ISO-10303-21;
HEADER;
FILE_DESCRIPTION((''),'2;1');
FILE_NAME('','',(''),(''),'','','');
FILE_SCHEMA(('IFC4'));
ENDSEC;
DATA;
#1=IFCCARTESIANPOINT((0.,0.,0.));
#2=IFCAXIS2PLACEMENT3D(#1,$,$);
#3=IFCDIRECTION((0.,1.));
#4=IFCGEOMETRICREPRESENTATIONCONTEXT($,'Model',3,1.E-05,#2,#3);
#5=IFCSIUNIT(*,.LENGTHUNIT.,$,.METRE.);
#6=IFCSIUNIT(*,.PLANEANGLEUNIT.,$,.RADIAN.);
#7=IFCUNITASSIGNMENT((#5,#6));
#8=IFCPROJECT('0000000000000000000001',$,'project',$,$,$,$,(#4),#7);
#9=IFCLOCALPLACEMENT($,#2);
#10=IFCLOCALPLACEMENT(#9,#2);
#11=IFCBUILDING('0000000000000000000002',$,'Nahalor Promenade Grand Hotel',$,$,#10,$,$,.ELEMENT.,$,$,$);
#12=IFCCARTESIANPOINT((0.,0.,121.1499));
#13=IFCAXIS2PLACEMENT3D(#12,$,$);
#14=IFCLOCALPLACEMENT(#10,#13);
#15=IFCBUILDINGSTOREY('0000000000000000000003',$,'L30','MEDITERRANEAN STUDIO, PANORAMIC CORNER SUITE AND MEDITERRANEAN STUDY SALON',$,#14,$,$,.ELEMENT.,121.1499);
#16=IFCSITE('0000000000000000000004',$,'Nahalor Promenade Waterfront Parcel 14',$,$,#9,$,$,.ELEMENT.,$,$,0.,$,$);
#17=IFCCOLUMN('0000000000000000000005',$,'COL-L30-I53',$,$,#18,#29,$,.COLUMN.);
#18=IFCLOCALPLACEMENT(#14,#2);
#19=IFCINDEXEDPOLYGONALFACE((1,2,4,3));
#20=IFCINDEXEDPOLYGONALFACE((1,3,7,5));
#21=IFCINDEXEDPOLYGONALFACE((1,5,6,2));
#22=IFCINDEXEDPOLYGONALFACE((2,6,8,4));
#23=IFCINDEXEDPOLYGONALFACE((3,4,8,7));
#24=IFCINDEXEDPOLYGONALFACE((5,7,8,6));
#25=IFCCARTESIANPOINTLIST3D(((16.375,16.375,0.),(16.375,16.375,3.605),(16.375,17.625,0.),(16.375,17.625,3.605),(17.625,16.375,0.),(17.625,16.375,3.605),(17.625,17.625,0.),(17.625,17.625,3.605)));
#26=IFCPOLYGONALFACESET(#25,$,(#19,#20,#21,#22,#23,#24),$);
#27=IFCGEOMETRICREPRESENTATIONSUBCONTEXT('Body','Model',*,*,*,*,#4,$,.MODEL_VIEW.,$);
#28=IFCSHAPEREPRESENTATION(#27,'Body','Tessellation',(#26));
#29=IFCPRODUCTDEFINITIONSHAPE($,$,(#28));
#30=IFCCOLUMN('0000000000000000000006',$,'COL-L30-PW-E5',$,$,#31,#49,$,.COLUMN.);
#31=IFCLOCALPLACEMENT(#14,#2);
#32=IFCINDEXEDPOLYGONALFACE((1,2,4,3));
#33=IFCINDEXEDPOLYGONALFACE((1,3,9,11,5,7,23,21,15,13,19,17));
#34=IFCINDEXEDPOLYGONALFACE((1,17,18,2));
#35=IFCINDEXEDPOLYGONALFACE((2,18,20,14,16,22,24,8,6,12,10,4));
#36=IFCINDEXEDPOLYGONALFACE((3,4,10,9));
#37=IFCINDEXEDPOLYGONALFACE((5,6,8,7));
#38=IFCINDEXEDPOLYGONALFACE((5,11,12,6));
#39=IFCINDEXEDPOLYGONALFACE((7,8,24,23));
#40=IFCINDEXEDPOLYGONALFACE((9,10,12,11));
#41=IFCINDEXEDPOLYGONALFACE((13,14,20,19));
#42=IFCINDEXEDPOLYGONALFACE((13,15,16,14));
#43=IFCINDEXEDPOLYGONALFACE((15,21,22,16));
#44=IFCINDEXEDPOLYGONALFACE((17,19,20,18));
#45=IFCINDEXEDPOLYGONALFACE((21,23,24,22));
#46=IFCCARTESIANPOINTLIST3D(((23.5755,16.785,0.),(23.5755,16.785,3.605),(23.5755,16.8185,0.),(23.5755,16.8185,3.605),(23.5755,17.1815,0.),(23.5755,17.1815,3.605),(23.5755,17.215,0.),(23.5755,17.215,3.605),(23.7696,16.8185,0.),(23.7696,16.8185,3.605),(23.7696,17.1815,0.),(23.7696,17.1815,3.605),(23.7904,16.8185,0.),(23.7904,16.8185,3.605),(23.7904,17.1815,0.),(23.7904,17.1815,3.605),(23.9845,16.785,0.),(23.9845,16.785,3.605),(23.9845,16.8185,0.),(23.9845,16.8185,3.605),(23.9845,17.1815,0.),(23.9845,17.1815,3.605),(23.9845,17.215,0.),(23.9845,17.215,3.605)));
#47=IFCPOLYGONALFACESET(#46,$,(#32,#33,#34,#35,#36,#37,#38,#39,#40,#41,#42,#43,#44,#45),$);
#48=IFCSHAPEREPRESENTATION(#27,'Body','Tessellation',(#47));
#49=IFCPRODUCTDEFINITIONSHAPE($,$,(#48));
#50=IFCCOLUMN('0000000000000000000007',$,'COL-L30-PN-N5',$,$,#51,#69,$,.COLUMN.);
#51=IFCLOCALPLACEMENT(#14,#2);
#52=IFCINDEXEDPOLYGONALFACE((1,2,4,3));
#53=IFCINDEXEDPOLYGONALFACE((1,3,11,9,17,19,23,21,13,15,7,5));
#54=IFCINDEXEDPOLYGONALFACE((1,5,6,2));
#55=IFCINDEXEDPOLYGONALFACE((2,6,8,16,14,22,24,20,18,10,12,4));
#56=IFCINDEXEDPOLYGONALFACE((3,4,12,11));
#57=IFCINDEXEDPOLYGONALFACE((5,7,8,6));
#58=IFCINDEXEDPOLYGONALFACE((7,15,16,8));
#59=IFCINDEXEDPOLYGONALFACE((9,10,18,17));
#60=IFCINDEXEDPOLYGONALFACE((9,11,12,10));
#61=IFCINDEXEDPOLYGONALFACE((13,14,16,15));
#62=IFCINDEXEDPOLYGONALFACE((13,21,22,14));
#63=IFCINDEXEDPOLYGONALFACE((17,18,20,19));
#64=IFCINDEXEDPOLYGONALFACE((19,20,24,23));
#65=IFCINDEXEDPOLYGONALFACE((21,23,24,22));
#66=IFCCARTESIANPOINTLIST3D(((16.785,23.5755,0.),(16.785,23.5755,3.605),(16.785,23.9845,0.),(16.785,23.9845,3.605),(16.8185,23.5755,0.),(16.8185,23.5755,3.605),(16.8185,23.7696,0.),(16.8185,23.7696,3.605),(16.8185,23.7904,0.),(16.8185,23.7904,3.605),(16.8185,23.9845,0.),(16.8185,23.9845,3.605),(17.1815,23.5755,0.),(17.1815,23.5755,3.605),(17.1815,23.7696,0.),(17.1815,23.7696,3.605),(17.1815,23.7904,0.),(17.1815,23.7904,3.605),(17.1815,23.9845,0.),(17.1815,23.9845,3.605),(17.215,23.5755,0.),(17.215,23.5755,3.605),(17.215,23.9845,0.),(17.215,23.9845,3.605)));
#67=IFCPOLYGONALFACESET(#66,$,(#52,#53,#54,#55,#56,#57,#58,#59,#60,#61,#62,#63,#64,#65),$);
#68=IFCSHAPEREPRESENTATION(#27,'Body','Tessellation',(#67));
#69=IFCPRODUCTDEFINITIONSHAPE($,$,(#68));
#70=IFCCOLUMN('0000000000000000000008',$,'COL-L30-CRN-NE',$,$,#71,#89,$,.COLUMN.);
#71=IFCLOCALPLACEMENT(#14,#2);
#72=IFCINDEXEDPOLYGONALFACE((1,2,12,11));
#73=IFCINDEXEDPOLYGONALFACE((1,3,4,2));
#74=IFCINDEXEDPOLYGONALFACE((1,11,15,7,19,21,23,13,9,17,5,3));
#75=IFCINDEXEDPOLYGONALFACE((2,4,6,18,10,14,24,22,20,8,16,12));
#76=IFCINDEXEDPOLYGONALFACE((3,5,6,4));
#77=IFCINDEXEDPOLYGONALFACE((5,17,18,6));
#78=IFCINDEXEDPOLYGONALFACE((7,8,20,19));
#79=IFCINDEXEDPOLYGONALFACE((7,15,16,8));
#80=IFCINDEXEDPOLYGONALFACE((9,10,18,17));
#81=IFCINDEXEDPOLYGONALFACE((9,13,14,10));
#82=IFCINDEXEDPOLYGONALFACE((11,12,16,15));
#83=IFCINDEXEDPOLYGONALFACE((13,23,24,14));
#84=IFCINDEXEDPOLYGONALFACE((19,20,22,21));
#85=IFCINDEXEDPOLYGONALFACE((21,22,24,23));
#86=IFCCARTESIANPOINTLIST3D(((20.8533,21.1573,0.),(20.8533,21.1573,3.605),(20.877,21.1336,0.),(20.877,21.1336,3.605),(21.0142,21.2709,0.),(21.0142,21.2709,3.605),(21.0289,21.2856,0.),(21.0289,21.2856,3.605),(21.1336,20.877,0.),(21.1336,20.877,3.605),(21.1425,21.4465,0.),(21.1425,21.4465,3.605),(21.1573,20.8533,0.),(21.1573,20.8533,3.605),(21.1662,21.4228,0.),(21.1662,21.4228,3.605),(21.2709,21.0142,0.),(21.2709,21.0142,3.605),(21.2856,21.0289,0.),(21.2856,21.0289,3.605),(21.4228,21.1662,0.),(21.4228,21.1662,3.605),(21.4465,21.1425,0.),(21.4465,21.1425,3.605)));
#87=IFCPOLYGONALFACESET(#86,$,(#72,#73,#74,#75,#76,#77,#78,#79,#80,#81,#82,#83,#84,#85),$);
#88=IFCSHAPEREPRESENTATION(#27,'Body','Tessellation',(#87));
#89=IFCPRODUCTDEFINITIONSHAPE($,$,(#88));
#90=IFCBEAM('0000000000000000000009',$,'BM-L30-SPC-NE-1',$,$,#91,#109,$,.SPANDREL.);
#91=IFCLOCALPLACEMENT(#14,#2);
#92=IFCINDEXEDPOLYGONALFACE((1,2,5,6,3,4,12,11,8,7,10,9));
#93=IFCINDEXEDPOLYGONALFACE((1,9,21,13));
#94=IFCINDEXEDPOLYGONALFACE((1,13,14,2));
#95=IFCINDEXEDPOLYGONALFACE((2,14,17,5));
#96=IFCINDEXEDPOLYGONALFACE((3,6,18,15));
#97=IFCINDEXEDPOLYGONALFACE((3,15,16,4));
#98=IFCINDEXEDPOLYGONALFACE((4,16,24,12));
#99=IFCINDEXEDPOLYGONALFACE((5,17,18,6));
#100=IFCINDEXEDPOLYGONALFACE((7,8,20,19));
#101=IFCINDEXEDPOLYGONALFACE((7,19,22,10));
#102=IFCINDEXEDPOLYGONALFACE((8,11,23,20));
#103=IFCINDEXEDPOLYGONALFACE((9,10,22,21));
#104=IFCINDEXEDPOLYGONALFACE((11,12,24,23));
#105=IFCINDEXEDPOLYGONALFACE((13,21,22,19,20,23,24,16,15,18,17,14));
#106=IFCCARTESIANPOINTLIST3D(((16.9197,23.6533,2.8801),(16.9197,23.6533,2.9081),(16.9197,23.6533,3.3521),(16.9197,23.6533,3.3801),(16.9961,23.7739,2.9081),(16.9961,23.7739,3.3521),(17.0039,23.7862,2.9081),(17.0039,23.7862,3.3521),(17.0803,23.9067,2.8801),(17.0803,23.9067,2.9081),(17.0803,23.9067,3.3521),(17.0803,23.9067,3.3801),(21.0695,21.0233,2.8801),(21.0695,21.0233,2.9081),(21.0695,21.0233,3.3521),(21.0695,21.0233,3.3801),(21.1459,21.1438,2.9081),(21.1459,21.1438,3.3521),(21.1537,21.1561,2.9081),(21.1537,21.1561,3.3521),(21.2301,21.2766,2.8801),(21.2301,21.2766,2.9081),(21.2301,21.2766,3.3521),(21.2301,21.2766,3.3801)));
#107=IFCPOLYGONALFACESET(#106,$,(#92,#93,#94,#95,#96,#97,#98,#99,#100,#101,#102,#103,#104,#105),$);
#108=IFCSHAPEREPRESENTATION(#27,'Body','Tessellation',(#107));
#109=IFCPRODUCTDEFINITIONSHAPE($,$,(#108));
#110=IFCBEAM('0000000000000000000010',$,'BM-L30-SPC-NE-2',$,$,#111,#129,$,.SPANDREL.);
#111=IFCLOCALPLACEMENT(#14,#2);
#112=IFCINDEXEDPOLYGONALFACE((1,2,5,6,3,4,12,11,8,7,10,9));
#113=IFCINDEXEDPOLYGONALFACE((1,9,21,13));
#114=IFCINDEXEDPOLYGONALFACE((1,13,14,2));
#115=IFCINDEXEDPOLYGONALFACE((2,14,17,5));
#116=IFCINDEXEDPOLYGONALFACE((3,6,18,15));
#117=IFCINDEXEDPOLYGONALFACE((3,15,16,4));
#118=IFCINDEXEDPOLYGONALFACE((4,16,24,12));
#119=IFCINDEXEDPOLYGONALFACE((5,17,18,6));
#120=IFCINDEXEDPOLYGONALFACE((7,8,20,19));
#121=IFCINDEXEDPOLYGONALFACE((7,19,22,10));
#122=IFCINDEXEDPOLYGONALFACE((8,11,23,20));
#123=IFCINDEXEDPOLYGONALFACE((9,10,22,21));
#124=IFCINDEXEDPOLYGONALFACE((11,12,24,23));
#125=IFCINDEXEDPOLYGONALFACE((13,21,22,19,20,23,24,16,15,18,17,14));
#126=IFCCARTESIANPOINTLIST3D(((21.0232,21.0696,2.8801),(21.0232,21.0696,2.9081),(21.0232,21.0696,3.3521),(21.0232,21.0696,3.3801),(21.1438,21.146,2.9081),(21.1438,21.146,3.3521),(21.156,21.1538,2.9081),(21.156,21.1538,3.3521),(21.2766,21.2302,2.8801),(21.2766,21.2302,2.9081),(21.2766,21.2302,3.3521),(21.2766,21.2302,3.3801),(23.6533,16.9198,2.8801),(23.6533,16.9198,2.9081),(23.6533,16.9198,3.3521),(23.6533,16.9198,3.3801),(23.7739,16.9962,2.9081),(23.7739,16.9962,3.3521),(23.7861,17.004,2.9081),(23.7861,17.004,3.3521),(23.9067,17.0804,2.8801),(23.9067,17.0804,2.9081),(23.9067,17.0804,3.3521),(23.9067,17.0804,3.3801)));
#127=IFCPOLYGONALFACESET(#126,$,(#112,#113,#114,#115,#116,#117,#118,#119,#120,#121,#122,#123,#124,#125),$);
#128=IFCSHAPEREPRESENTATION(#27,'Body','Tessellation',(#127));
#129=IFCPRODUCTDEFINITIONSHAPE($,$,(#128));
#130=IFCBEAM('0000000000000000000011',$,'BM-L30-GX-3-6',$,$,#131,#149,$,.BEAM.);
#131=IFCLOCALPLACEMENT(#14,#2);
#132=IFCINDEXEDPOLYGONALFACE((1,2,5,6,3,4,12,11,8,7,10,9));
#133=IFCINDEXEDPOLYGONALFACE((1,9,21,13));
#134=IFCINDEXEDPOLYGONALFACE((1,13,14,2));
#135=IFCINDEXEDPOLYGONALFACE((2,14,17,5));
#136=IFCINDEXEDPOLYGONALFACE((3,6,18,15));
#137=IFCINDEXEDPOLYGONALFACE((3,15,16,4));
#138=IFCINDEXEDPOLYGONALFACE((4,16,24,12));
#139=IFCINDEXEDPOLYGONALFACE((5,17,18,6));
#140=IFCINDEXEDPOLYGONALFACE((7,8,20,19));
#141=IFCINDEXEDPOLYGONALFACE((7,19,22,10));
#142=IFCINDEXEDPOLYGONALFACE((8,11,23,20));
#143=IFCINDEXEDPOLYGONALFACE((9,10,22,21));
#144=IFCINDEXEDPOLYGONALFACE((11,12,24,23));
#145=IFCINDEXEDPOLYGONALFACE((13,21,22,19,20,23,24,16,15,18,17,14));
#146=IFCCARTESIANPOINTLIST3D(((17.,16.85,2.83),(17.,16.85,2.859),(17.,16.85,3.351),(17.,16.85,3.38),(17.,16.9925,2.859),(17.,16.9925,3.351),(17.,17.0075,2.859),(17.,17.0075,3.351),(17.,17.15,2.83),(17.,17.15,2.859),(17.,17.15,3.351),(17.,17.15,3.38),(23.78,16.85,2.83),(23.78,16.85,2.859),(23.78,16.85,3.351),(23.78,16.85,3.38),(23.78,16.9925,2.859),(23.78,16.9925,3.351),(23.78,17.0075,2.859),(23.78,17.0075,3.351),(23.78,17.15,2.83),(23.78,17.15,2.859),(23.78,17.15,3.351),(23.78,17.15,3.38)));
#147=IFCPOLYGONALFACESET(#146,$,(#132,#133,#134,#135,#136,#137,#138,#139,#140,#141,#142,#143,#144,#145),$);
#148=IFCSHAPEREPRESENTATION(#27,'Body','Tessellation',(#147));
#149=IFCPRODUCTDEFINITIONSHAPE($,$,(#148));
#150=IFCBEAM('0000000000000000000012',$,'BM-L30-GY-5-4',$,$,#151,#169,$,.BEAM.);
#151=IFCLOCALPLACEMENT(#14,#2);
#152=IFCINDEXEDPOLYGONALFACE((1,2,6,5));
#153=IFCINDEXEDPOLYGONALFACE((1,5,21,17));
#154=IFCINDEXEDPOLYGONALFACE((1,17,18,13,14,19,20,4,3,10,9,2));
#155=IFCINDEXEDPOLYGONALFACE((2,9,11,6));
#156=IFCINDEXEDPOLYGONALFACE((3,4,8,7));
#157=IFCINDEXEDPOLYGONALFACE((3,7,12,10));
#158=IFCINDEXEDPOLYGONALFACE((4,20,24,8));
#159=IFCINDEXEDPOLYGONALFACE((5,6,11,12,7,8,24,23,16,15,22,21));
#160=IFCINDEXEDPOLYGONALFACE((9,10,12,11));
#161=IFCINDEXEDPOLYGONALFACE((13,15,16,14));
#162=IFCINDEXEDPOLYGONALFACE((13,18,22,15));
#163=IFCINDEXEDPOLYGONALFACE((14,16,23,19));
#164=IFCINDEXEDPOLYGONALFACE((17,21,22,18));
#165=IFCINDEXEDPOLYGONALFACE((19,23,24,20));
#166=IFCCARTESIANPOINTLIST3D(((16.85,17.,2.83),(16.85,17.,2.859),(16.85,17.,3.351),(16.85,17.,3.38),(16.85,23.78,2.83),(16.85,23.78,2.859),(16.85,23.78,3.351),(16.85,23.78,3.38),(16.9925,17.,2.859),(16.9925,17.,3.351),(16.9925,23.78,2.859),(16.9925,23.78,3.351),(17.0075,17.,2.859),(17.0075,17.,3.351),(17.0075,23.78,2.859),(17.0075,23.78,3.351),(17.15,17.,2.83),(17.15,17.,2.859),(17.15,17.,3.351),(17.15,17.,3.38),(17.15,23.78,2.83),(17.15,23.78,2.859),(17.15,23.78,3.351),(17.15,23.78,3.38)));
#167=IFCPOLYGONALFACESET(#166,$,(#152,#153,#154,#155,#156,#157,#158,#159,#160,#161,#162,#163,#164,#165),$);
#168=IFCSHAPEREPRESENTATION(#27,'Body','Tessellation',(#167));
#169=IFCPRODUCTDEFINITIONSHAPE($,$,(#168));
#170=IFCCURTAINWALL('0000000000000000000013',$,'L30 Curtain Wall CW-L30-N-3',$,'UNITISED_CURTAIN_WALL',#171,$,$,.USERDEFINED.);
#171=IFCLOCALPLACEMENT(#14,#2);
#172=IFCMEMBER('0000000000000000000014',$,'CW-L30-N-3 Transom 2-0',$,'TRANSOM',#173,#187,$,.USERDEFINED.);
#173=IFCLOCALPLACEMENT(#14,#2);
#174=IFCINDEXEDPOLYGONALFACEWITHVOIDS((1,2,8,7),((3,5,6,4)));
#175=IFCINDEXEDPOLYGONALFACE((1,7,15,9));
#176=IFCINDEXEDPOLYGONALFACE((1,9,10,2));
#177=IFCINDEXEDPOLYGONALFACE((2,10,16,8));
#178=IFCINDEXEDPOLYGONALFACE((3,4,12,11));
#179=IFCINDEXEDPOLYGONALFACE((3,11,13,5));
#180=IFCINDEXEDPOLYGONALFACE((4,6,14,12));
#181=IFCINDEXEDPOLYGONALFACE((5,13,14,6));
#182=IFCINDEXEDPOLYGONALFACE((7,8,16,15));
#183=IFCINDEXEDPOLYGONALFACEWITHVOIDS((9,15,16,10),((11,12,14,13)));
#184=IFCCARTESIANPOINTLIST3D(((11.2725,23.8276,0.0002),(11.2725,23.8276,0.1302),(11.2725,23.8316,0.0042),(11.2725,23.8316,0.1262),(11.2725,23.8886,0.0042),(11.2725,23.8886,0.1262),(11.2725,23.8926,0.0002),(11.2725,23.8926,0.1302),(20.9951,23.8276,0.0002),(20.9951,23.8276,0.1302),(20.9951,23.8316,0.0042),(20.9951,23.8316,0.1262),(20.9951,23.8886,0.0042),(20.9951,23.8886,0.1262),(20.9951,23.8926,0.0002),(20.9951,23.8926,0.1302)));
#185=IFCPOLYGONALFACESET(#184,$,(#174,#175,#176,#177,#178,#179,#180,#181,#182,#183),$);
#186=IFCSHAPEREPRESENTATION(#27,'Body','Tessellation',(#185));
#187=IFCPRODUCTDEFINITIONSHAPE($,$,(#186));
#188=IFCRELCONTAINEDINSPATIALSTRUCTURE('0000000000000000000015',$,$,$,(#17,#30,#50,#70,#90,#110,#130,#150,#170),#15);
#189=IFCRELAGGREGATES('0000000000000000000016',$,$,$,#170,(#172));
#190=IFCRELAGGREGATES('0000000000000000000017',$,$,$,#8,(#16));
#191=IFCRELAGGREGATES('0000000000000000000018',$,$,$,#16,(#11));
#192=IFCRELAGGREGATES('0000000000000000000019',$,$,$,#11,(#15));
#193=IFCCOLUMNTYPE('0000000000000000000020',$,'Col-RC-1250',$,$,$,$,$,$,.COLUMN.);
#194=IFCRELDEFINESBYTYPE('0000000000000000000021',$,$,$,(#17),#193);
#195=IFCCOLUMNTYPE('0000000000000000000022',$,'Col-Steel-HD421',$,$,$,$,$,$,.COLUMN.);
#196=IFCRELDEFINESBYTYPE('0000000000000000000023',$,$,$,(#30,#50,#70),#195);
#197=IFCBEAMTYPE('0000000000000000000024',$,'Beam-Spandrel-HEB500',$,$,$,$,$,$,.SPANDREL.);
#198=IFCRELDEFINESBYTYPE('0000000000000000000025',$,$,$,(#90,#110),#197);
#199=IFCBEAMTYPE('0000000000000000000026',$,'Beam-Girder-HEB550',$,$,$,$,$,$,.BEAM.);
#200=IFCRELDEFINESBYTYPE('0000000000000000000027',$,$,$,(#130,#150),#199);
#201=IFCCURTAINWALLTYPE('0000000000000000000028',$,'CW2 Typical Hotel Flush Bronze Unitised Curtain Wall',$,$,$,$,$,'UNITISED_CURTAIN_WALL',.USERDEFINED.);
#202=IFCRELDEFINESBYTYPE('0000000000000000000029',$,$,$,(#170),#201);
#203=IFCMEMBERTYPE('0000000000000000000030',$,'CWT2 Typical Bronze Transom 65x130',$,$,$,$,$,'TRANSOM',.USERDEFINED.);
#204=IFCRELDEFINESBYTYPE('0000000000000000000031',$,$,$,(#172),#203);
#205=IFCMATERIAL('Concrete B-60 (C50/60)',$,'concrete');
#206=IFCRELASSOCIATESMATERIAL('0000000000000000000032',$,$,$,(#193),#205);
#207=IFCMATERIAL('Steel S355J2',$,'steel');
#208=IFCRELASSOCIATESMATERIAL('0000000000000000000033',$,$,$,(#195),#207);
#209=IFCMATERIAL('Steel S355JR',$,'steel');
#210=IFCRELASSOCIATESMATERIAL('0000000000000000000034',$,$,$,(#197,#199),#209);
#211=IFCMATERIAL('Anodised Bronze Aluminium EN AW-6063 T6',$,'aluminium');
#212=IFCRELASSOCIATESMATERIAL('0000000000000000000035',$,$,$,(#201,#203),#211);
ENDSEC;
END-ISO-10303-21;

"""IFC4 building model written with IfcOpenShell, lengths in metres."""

from ifc_helpers import new_model, si_unit, direction, frame, origin, origin_2d, place, context, subcontext, project, spatial, rectangle, hollow_rectangle, i_section, extrude, source, transform, mapped, material, material_profile, profile_set, type_object, element, aggregate, save


model = new_model("IFC4")

# Units and contexts
model_context = context("Model", 3, precision=1e-05, world=origin(), true_north=direction((0.0, 1.0)))
body_context = subcontext(model_context, "Body", "Model", "MODEL_VIEW")
ifc_project = project(units=[si_unit("LENGTHUNIT", "METRE"), si_unit("PLANEANGLEUNIT", "RADIAN")], contexts=[model_context])

# Site, building, storey
site_placement = place(None, origin())
site = spatial("IfcSite", under=ifc_project, at=site_placement, Name="Nahalor Promenade Waterfront Parcel 14", CompositionType="ELEMENT", RefElevation=0.0)
building_placement = place(site_placement, origin())
building = spatial("IfcBuilding", under=site, at=building_placement, Name="Nahalor Promenade Grand Hotel", CompositionType="ELEMENT")
storey_placement = place(building_placement, frame((0.0, 0.0, 121.1499)))
storey = spatial("IfcBuildingStorey", under=building, at=storey_placement, Name="L30", Description="MEDITERRANEAN STUDIO, PANORAMIC CORNER SUITE AND MEDITERRANEAN STUDY SALON", CompositionType="ELEMENT", Elevation=121.1499)

# Columns
ifc_material_1 = material(Name="Concrete B-60 (C50/60)", Category="concrete")
ifc_material_profile_1 = material_profile(ifc_material_1, rectangle(XDim=1.25, YDim=1.25, at=origin_2d()), Name="RC 1250x1250")
ifc_profile_set_1 = profile_set([ifc_material_profile_1], Name="Concrete B-60 (C50/60)")
column_type_1 = type_object("IfcColumnType", Name="Col-RC-1250", PredefinedType="COLUMN", material=ifc_profile_set_1)
shared_shape_1 = source(origin(), body_context, "Body", "SweptSolid", [
    extrude(rectangle(XDim=1.25, YDim=1.25, at=origin_2d()), origin(), (0.0, 0.0, 1.0), 3.605),
])
column_placement = place(storey_placement, frame((17.0, 17.0, 0.0), z_axis=(0.0, 0.0, 1.0), x_axis=(1.0, 0.0, 0.0)))
element("IfcColumn", 1, at=column_placement, inside=storey, type_object=column_type_1, Name="COL-L30-I53", PredefinedType="COLUMN", context=body_context, shape_type="MappedRepresentation", body=[
    mapped(shared_shape_1, transform((0.0, 0.0, 0.0), scale=1.0)),
])
ifc_material_2 = material(Name="Steel S355J2", Category="steel")
ifc_material_profile_2 = material_profile(ifc_material_2, i_section(OverallWidth=0.409, OverallDepth=0.43, WebThickness=0.0208, FlangeThickness=0.0335, at=origin_2d()), Name="HD 400x421")
ifc_profile_set_2 = profile_set([ifc_material_profile_2], Name="Steel S355J2")
column_type_2 = type_object("IfcColumnType", Name="Col-Steel-HD421", PredefinedType="COLUMN", material=ifc_profile_set_2)
shared_shape_2 = source(origin(), body_context, "Body", "SweptSolid", [
    extrude(i_section(OverallWidth=0.409, OverallDepth=0.43, WebThickness=0.0208, FlangeThickness=0.0335, at=origin_2d()), origin(), (0.0, 0.0, 1.0), 3.605),
])
for number, where, z_axis, x_axis, name in (
    (2, (23.78, 17.0, 0.0), (0.0, 0.0, 1.0), (1.0, 0.0, 0.0), "COL-L30-PW-E5"),
    (3, (17.0, 23.78, 0.0), (0.0, 0.0, 1.0), (0.0, 1.0, 0.0), "COL-L30-PN-N5"),
    (4, (21.1499, 21.1499, 0.0), (0.0, 0.0, 1.0), (0.707107, 0.707107, 0.0), "COL-L30-CRN-NE"),
):
    element("IfcColumn", number, at=place(storey_placement, frame(where, z_axis=z_axis, x_axis=x_axis)), inside=storey, type_object=column_type_2, Name=name, PredefinedType="COLUMN", context=body_context, shape_type="MappedRepresentation", body=[
        mapped(shared_shape_2, transform((0.0, 0.0, 0.0), scale=1.0)),
    ])

# Beams
ifc_material_3 = material(Name="Steel S355JR", Category="steel")
ifc_material_profile_3 = material_profile(ifc_material_3, i_section(OverallWidth=0.3, OverallDepth=0.5, WebThickness=0.0145, FlangeThickness=0.028, at=origin_2d()), Name="HEB 500")
ifc_profile_set_3 = profile_set([ifc_material_profile_3], Name="Steel S355JR")
beam_type_1 = type_object("IfcBeamType", Name="Beam-Spandrel-HEB500", PredefinedType="SPANDREL", material=ifc_profile_set_3)
shared_shape_3 = source(origin(), body_context, "Body", "SweptSolid", [
    extrude(i_section(OverallWidth=0.3, OverallDepth=0.5, WebThickness=0.0145, FlangeThickness=0.028, at=origin_2d()), origin(), (0.0, 0.0, 1.0), 4.9131),
])
for number, where, z_axis, x_axis, name in (
    (5, (17.0, 23.78, 3.1301), (0.844648, -0.535322, 0.0), (0.535322, 0.844648, 0.0), "BM-L30-SPC-NE-1"),
    (6, (21.1499, 21.1499, 3.1301), (0.535322, -0.844648, 0.0), (0.844648, 0.535322, 0.0), "BM-L30-SPC-NE-2"),
):
    element("IfcBeam", number, at=place(storey_placement, frame(where, z_axis=z_axis, x_axis=x_axis)), inside=storey, type_object=beam_type_1, Name=name, PredefinedType="SPANDREL", context=body_context, shape_type="MappedRepresentation", body=[
        mapped(shared_shape_3, transform((0.0, 0.0, 0.0), scale=1.0)),
    ])
ifc_material_profile_4 = material_profile(ifc_material_3, i_section(OverallWidth=0.3, OverallDepth=0.55, WebThickness=0.015, FlangeThickness=0.029, at=origin_2d()), Name="HEB 550")
ifc_profile_set_4 = profile_set([ifc_material_profile_4], Name="Steel S355JR")
beam_type_2 = type_object("IfcBeamType", Name="Beam-Girder-HEB550", PredefinedType="BEAM", material=ifc_profile_set_4)
shared_shape_4 = source(origin(), body_context, "Body", "SweptSolid", [
    extrude(i_section(OverallWidth=0.3, OverallDepth=0.55, WebThickness=0.015, FlangeThickness=0.029, at=origin_2d()), origin(), (0.0, 0.0, 1.0), 6.78),
])
for number, where, z_axis, x_axis, name in (
    (7, (17.0, 17.0, 3.105), (1.0, 0.0, 0.0), (0.0, 1.0, 0.0), "BM-L30-GX-3-6"),
    (8, (17.0, 17.0, 3.105), (0.0, 1.0, 0.0), (-1.0, 0.0, 0.0), "BM-L30-GY-5-4"),
):
    element("IfcBeam", number, at=place(storey_placement, frame(where, z_axis=z_axis, x_axis=x_axis)), inside=storey, type_object=beam_type_2, Name=name, PredefinedType="BEAM", context=body_context, shape_type="MappedRepresentation", body=[
        mapped(shared_shape_4, transform((0.0, 0.0, 0.0), scale=1.0)),
    ])

# Curtain wall, member
ifc_material_4 = material(Name="Anodised Bronze Aluminium EN AW-6063 T6", Category="aluminium")
curtain_wall_type = type_object("IfcCurtainWallType", Name="CW2 Typical Hotel Flush Bronze Unitised Curtain Wall", ElementType="UNITISED_CURTAIN_WALL", PredefinedType="USERDEFINED", material=ifc_material_4)
curtain_wall_1_placement = place(storey_placement, origin())
curtain_wall_1 = element("IfcCurtainWall", 9, at=curtain_wall_1_placement, inside=storey, type_object=curtain_wall_type, Name="L30 Curtain Wall CW-L30-N-3", ObjectType="UNITISED_CURTAIN_WALL", PredefinedType="USERDEFINED")
ifc_material_profile_5 = material_profile(ifc_material_4, hollow_rectangle(XDim=0.065, YDim=0.13, WallThickness=0.004, at=origin_2d()), Name="CWT 65x130x4")
ifc_profile_set_5 = profile_set([ifc_material_profile_5], Name="Anodised Bronze Aluminium EN AW-6063 T6")
member_type_1 = type_object("IfcMemberType", Name="CWT2 Typical Bronze Transom 65x130", ElementType="TRANSOM", PredefinedType="USERDEFINED", material=ifc_profile_set_5)
shared_shape_5 = source(origin(), body_context, "Body", "SweptSolid", [
    extrude(hollow_rectangle(XDim=0.065, YDim=0.13, WallThickness=0.004, at=origin_2d()), origin(), (0.0, 0.0, 1.0), 9.7227),
])
member_1_placement = place(storey_placement, frame((11.2725, 23.8601, 0.0652), z_axis=(1.0, 0.0, 0.0), x_axis=(0.0, 1.0, 0.0)))
member_1 = element("IfcMember", 10, at=member_1_placement, type_object=member_type_1, Name="CW-L30-N-3 Transom 2-0", ObjectType="TRANSOM", PredefinedType="USERDEFINED", context=body_context, shape_type="MappedRepresentation", body=[
    mapped(shared_shape_5, transform((0.0, 0.0, 0.0), scale=1.0)),
])

aggregate(curtain_wall_1, [member_1])

save(model, "model.ifc")
